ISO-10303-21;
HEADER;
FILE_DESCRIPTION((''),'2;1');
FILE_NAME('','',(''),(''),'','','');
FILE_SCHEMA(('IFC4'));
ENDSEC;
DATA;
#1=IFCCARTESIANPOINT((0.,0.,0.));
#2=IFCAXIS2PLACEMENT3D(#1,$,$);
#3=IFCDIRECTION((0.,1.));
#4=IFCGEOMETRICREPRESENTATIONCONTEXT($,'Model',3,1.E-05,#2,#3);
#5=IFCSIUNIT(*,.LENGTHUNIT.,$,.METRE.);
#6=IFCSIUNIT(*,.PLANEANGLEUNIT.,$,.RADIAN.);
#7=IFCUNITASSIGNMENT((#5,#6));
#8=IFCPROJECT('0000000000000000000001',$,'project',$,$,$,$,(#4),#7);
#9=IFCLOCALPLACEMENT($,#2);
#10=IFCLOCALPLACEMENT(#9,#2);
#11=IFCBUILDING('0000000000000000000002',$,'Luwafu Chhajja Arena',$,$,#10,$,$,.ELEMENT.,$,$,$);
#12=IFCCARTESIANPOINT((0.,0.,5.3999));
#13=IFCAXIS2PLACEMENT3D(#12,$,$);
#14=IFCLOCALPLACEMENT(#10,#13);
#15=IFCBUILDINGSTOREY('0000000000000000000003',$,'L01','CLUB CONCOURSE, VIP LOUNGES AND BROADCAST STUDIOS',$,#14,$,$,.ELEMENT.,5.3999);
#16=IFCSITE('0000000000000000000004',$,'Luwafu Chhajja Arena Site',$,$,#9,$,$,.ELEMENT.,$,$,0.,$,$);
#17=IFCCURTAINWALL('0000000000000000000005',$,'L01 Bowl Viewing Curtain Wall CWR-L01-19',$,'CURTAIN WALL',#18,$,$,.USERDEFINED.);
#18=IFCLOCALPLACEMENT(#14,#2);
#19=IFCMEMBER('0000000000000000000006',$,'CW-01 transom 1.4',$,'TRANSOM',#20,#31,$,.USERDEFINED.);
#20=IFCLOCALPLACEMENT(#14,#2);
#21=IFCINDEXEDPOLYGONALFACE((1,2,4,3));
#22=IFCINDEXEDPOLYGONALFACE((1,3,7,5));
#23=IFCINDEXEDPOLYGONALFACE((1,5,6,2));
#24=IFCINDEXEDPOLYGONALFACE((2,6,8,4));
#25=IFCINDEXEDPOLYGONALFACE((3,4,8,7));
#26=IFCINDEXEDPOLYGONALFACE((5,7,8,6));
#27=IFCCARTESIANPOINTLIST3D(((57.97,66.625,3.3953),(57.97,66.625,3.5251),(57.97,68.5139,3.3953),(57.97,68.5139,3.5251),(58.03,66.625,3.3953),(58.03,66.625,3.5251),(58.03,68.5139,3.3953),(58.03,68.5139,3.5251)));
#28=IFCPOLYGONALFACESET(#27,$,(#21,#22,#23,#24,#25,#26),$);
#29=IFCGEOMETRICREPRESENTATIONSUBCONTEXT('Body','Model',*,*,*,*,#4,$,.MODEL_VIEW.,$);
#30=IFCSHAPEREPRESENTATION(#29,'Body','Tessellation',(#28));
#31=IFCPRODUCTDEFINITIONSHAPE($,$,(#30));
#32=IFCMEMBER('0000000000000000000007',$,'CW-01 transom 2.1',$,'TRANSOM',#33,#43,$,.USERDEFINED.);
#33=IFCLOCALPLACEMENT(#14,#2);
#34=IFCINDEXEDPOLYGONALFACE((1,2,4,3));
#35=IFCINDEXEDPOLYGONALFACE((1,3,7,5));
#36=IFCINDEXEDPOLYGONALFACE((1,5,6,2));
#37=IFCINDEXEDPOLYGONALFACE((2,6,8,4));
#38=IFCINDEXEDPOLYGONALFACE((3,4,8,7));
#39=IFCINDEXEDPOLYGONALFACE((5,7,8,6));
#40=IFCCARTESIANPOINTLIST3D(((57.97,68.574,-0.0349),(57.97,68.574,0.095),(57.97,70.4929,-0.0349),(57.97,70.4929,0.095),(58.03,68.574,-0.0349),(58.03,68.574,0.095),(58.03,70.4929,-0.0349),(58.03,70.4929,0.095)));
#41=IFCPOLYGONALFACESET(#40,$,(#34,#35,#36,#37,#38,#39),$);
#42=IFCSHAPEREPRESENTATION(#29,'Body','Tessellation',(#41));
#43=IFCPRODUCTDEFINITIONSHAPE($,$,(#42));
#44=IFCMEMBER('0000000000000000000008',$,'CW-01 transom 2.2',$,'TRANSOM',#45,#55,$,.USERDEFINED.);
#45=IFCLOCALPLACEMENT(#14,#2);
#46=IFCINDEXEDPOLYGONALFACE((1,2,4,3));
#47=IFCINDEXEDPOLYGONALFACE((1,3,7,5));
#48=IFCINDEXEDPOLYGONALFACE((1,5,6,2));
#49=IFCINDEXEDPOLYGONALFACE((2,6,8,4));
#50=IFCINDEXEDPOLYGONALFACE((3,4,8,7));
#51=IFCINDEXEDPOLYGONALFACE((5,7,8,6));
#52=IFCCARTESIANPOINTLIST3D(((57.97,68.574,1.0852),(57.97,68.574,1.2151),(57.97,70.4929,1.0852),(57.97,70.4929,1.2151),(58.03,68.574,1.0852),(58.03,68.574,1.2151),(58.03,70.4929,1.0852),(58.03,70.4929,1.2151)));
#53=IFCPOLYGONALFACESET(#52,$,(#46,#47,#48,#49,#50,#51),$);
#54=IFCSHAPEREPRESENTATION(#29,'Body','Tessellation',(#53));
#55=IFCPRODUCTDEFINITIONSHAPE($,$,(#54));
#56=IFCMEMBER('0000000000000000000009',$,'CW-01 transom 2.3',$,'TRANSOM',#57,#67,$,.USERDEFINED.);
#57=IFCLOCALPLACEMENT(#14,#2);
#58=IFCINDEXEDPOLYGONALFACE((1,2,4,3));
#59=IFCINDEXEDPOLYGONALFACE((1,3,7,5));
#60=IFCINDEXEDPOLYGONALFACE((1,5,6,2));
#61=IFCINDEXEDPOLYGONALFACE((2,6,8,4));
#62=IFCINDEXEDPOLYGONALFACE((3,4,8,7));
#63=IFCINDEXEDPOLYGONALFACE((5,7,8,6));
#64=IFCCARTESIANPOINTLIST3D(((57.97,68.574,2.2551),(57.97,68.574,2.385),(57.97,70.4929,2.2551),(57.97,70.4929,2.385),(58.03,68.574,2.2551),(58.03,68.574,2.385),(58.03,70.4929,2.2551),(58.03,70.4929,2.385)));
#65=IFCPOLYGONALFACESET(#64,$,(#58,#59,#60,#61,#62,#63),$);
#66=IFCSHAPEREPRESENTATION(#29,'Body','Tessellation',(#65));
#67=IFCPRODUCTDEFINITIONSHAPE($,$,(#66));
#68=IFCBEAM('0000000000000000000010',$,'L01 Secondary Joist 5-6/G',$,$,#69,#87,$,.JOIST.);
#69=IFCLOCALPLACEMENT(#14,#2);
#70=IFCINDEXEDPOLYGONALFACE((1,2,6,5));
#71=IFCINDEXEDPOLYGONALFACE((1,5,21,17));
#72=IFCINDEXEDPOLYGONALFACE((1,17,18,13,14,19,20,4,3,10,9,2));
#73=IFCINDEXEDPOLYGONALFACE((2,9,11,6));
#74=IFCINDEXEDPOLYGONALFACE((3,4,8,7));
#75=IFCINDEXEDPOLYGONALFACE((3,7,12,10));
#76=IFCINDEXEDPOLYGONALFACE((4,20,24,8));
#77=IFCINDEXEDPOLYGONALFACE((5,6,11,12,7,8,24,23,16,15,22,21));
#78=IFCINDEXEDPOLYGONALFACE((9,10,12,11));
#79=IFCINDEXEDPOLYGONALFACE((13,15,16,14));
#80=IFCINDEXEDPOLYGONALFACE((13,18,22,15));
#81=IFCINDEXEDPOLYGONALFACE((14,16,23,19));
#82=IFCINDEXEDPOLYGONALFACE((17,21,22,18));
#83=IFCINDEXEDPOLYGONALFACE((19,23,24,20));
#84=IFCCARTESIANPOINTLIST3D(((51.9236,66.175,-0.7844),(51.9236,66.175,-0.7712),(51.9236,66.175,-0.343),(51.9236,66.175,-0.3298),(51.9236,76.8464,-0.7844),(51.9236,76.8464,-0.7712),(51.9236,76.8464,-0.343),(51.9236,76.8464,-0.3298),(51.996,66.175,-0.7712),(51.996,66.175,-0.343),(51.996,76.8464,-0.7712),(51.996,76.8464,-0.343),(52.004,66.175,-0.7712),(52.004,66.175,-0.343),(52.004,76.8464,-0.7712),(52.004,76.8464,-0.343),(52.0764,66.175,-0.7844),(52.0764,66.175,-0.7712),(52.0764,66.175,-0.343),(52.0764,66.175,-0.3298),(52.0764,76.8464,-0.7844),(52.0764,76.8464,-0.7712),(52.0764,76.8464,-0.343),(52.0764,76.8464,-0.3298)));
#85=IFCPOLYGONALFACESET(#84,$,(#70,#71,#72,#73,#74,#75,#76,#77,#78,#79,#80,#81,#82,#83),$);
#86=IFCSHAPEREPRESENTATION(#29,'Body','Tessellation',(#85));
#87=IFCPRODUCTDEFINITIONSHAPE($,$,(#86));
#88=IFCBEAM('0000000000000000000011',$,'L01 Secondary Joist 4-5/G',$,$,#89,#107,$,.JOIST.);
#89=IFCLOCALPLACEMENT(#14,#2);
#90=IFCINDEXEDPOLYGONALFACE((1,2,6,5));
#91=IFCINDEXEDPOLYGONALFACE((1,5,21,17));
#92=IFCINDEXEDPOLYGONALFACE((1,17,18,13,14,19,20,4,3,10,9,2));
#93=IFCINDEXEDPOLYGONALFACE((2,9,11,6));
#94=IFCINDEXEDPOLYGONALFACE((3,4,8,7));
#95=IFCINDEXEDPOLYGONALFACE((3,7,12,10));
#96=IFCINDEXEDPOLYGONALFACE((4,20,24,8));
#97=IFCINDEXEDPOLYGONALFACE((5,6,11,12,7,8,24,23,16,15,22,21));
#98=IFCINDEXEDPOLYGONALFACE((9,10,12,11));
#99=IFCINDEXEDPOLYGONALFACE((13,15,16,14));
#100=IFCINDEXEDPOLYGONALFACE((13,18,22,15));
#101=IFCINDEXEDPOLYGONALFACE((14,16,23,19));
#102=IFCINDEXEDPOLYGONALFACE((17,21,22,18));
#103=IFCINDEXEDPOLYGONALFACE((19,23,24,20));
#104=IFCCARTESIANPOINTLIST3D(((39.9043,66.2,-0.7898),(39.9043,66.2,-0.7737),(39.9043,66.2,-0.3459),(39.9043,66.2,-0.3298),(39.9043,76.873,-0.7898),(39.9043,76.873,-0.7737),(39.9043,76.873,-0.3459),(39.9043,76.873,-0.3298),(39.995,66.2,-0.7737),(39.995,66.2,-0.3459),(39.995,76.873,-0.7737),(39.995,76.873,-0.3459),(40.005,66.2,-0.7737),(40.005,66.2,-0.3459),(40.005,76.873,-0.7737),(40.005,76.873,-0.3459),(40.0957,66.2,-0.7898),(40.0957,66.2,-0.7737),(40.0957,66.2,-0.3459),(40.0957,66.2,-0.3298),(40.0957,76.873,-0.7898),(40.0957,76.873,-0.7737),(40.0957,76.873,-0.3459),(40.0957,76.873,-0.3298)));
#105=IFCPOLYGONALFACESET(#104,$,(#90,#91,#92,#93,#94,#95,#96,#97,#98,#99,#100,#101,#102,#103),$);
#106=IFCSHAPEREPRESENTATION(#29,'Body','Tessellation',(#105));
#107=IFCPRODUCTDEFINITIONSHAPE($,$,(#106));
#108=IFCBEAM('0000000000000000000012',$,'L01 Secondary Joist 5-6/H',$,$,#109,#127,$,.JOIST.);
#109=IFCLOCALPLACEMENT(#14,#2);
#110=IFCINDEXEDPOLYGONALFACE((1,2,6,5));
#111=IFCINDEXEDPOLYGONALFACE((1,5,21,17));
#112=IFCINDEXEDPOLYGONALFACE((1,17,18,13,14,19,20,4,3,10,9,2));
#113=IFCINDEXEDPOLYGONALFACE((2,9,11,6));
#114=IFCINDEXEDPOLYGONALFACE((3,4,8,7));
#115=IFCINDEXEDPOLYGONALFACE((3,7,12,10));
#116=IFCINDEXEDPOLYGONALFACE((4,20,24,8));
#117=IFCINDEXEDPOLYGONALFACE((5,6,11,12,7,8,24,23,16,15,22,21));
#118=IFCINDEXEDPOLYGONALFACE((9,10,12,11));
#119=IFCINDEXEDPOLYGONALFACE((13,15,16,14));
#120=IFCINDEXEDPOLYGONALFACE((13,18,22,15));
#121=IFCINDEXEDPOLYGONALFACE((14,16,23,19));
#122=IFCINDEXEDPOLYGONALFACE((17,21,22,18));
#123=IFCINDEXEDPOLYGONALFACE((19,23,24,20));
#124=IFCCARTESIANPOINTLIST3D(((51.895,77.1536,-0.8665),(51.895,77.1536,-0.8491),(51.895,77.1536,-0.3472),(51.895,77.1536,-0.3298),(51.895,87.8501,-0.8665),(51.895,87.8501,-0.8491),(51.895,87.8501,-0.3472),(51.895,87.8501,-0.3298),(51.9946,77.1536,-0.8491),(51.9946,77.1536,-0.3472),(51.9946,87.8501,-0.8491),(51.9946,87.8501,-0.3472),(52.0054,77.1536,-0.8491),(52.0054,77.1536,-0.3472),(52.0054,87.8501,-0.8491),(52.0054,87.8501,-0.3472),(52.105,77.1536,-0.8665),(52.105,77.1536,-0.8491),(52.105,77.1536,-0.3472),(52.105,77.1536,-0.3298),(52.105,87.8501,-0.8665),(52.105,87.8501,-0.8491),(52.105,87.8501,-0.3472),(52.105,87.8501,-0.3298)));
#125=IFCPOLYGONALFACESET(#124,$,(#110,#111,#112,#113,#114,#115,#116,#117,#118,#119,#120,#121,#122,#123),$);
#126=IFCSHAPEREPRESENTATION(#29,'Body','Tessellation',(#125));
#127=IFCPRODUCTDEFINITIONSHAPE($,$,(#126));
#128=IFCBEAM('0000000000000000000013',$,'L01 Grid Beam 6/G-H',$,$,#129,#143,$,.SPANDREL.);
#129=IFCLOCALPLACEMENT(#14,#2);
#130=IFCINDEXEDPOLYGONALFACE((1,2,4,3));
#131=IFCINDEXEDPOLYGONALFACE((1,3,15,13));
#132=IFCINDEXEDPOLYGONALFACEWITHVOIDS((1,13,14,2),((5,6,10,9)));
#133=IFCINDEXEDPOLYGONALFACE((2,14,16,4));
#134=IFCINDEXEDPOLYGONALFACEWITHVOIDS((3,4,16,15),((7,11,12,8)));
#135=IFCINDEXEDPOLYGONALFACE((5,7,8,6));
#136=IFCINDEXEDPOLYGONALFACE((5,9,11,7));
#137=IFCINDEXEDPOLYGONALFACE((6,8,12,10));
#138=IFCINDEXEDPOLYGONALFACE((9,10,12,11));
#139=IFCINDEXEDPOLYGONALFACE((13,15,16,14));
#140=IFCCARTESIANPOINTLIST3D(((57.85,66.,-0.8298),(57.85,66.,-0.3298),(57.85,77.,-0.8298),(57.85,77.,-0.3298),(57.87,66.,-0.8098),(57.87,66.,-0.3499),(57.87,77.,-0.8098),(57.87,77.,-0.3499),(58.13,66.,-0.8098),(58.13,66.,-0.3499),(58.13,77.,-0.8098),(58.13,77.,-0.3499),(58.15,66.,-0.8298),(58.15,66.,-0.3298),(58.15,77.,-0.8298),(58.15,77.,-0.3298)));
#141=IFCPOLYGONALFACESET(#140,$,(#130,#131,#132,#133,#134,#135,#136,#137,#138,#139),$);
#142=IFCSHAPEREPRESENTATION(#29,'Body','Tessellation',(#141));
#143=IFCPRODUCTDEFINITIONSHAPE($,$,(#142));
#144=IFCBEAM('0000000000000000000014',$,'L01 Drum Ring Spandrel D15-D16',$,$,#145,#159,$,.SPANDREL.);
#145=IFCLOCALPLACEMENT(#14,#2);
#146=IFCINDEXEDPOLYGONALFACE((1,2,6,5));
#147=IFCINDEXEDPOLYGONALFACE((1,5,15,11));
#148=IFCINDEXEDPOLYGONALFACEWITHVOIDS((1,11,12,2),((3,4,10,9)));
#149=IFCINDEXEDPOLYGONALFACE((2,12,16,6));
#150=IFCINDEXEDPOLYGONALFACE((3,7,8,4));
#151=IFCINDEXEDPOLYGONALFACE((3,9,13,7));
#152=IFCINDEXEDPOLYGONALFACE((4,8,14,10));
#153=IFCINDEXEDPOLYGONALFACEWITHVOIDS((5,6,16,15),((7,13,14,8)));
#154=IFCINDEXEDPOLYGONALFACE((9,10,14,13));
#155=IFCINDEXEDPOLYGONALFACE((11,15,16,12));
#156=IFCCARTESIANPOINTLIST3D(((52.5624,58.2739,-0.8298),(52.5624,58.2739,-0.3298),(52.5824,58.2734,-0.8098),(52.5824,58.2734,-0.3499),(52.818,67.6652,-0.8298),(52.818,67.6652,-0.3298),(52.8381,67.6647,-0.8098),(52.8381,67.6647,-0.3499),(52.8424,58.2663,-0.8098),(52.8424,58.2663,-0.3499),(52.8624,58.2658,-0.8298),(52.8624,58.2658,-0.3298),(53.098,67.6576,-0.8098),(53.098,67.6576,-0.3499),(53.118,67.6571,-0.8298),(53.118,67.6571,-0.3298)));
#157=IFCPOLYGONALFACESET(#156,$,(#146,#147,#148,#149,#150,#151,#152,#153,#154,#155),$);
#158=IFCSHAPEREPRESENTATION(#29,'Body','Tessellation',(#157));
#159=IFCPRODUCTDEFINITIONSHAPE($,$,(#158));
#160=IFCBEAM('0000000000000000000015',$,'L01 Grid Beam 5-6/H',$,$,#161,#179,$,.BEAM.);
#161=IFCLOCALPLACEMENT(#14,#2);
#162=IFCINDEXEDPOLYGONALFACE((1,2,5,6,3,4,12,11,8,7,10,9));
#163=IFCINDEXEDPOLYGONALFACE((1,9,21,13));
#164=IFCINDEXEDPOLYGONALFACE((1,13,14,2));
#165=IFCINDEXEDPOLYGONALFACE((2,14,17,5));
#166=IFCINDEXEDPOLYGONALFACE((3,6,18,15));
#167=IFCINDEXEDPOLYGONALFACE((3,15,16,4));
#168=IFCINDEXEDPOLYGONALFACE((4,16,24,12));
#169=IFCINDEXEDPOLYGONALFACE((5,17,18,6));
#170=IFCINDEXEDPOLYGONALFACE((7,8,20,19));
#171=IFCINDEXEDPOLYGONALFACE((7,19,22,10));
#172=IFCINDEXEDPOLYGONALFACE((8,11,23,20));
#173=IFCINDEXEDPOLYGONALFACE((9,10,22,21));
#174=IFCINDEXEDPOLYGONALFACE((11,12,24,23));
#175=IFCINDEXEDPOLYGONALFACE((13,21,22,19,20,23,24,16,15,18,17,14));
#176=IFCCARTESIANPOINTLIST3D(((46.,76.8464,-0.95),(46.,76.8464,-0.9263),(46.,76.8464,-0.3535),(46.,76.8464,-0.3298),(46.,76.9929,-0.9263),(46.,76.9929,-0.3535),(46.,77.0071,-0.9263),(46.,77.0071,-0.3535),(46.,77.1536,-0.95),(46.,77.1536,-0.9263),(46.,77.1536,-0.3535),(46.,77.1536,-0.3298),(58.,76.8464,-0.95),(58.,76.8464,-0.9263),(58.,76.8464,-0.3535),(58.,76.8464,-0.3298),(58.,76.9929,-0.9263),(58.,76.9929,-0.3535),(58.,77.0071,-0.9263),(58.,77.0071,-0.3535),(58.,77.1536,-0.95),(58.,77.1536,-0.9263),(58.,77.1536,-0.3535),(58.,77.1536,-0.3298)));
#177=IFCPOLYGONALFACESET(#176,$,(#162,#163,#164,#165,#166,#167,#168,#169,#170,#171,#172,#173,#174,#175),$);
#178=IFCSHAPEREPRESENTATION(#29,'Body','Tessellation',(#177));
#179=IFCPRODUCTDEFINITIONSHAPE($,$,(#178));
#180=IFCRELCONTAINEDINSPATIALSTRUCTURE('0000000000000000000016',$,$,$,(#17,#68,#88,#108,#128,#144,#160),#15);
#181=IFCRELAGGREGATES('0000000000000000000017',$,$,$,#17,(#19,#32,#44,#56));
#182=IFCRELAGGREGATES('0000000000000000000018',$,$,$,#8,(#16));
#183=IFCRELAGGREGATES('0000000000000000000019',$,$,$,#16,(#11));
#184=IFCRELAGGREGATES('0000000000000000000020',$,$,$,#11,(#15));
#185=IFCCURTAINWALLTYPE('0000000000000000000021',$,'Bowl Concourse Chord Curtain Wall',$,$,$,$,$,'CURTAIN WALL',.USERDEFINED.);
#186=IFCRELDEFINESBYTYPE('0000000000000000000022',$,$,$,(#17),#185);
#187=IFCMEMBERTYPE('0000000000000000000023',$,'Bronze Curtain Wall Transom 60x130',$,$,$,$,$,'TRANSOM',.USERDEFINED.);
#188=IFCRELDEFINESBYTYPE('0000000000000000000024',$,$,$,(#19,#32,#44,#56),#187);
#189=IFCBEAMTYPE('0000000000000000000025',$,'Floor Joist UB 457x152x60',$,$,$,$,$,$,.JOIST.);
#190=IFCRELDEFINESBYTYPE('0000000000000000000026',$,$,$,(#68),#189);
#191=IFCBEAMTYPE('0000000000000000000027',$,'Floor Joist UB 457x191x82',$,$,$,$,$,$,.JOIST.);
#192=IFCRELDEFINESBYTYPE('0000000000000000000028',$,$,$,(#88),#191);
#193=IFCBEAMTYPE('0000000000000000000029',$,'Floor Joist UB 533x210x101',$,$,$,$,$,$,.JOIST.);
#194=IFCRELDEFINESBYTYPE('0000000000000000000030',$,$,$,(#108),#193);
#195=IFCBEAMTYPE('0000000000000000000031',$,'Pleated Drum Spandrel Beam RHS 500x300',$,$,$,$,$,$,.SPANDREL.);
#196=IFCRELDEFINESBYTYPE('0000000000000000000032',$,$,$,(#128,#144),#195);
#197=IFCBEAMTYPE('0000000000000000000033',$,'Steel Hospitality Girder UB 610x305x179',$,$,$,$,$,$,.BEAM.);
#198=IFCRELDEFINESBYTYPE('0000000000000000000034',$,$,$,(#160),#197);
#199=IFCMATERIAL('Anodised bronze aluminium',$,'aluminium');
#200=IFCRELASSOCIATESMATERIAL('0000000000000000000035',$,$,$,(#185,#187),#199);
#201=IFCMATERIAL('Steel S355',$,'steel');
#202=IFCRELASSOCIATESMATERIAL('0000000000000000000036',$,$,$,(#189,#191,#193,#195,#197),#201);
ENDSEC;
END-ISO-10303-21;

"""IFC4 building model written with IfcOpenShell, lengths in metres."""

from ifc_helpers import new_model, si_unit, direction, frame, origin, origin_2d, place, context, subcontext, project, spatial, rectangle, hollow_rectangle, i_section, extrude, material, material_profile, profile_set, type_object, element, aggregate, save


model = new_model("IFC4")

# Units and contexts
model_context = context("Model", 3, precision=1e-05, world=origin(), true_north=direction((0.0, 1.0)))
body_context = subcontext(model_context, "Body", "Model", "MODEL_VIEW")
ifc_project = project(units=[si_unit("LENGTHUNIT", "METRE"), si_unit("PLANEANGLEUNIT", "RADIAN")], contexts=[model_context])

# Site, building, storey
site_placement = place(None, origin())
site = spatial("IfcSite", under=ifc_project, at=site_placement, Name="Luwafu Chhajja Arena Site", CompositionType="ELEMENT", RefElevation=0.0)
building_placement = place(site_placement, origin())
building = spatial("IfcBuilding", under=site, at=building_placement, Name="Luwafu Chhajja Arena", CompositionType="ELEMENT")
storey_placement = place(building_placement, frame((0.0, 0.0, 5.3999)))
storey = spatial("IfcBuildingStorey", under=building, at=storey_placement, Name="L01", Description="CLUB CONCOURSE, VIP LOUNGES AND BROADCAST STUDIOS", CompositionType="ELEMENT", Elevation=5.3999)

# Shared definitions
ifc_material_1 = material(Name="Steel S355", Category="steel")

# Curtain wall, members
ifc_material_2 = material(Name="Anodised bronze aluminium", Category="aluminium")
curtain_wall_type = type_object("IfcCurtainWallType", Name="Bowl Concourse Chord Curtain Wall", ElementType="CURTAIN WALL", PredefinedType="USERDEFINED", material=ifc_material_2)
curtain_wall_placement = place(storey_placement, origin())
curtain_wall = element("IfcCurtainWall", 1, at=curtain_wall_placement, inside=storey, type_object=curtain_wall_type, Name="L01 Bowl Viewing Curtain Wall CWR-L01-19", ObjectType="CURTAIN WALL", PredefinedType="USERDEFINED")
ifc_material_profile_1 = material_profile(ifc_material_2, rectangle(XDim=0.0601, YDim=0.1299, at=origin_2d()), Name="CWT 60x130")
ifc_profile_set_1 = profile_set([ifc_material_profile_1], Name="Anodised bronze aluminium")
member_type_1 = type_object("IfcMemberType", Name="Bronze Curtain Wall Transom 60x130", ElementType="TRANSOM", PredefinedType="USERDEFINED", material=ifc_profile_set_1)
member_1_placement = place(storey_placement, frame((58.0, 66.625, 3.4602), z_axis=(0.0, 1.0, 0.0), x_axis=(-1.0, 0.0, 0.0)))
member_1 = element("IfcMember", 2, at=member_1_placement, type_object=member_type_1, Name="CW-01 transom 1.4", ObjectType="TRANSOM", PredefinedType="USERDEFINED", context=body_context, shape_type="SweptSolid", body=[
    extrude(rectangle(XDim=0.0601, YDim=0.1299, at=origin_2d()), origin(), (0.0, 0.0, 1.0), 1.8889),
])
member_2_placement = place(storey_placement, frame((58.0, 68.574, 0.03), z_axis=(0.0, 1.0, 0.0), x_axis=(-1.0, 0.0, 0.0)))
member_2 = element("IfcMember", 3, at=member_2_placement, type_object=member_type_1, Name="CW-01 transom 2.1", ObjectType="TRANSOM", PredefinedType="USERDEFINED", context=body_context, shape_type="SweptSolid", body=[
    extrude(rectangle(XDim=0.0601, YDim=0.1299, at=origin_2d()), origin(), (0.0, 0.0, 1.0), 1.9189),
])
member_3_placement = place(storey_placement, frame((58.0, 68.574, 1.1501), z_axis=(0.0, 1.0, 0.0), x_axis=(-1.0, 0.0, 0.0)))
member_3 = element("IfcMember", 4, at=member_3_placement, type_object=member_type_1, Name="CW-01 transom 2.2", ObjectType="TRANSOM", PredefinedType="USERDEFINED", context=body_context, shape_type="SweptSolid", body=[
    extrude(rectangle(XDim=0.0601, YDim=0.1299, at=origin_2d()), origin(), (0.0, 0.0, 1.0), 1.9189),
])
member_4_placement = place(storey_placement, frame((58.0, 68.574, 2.3201), z_axis=(0.0, 1.0, 0.0), x_axis=(-1.0, 0.0, 0.0)))
member_4 = element("IfcMember", 5, at=member_4_placement, type_object=member_type_1, Name="CW-01 transom 2.3", ObjectType="TRANSOM", PredefinedType="USERDEFINED", context=body_context, shape_type="SweptSolid", body=[
    extrude(rectangle(XDim=0.0601, YDim=0.1299, at=origin_2d()), origin(), (0.0, 0.0, 1.0), 1.9189),
])

# Beams
ifc_material_profile_2 = material_profile(ifc_material_1, i_section(OverallWidth=0.1528, OverallDepth=0.4546, WebThickness=0.0081, FlangeThickness=0.0132, at=origin_2d()), Name="UB 457x152x60")
ifc_profile_set_2 = profile_set([ifc_material_profile_2], Name="Steel S355")
beam_type_1 = type_object("IfcBeamType", Name="Floor Joist UB 457x152x60", PredefinedType="JOIST", material=ifc_profile_set_2)
beam_1_placement = place(storey_placement, frame((52.0, 66.175, -0.5571), z_axis=(0.0, 1.0, 0.0), x_axis=(-1.0, 0.0, 0.0)))
element("IfcBeam", 6, at=beam_1_placement, inside=storey, type_object=beam_type_1, Name="L01 Secondary Joist 5-6/G", PredefinedType="JOIST", context=body_context, shape_type="SweptSolid", body=[
    extrude(i_section(OverallWidth=0.1528, OverallDepth=0.4546, WebThickness=0.0081, FlangeThickness=0.0132, at=origin_2d()), origin(), (0.0, 0.0, 1.0), 10.6714),
])
ifc_material_profile_3 = material_profile(ifc_material_1, i_section(OverallWidth=0.1914, OverallDepth=0.46, WebThickness=0.01, FlangeThickness=0.0161, at=origin_2d()), Name="UB 457x191x82")
ifc_profile_set_3 = profile_set([ifc_material_profile_3], Name="Steel S355")
beam_type_2 = type_object("IfcBeamType", Name="Floor Joist UB 457x191x82", PredefinedType="JOIST", material=ifc_profile_set_3)
beam_2_placement = place(storey_placement, frame((40.0, 66.2, -0.5598), z_axis=(0.0, 1.0, 0.0), x_axis=(-1.0, 0.0, 0.0)))
element("IfcBeam", 7, at=beam_2_placement, inside=storey, type_object=beam_type_2, Name="L01 Secondary Joist 4-5/G", PredefinedType="JOIST", context=body_context, shape_type="SweptSolid", body=[
    extrude(i_section(OverallWidth=0.1914, OverallDepth=0.46, WebThickness=0.01, FlangeThickness=0.0161, at=origin_2d()), origin(), (0.0, 0.0, 1.0), 10.6731),
])
ifc_material_profile_4 = material_profile(ifc_material_1, i_section(OverallWidth=0.21, OverallDepth=0.5366, WebThickness=0.0107, FlangeThickness=0.0173, at=origin_2d()), Name="UB 533x210x101")
ifc_profile_set_4 = profile_set([ifc_material_profile_4], Name="Steel S355")
beam_type_3 = type_object("IfcBeamType", Name="Floor Joist UB 533x210x101", PredefinedType="JOIST", material=ifc_profile_set_4)
beam_3_placement = place(storey_placement, frame((52.0, 77.1536, -0.5981), z_axis=(0.0, 1.0, 0.0), x_axis=(-1.0, 0.0, 0.0)))
element("IfcBeam", 8, at=beam_3_placement, inside=storey, type_object=beam_type_3, Name="L01 Secondary Joist 5-6/H", PredefinedType="JOIST", context=body_context, shape_type="SweptSolid", body=[
    extrude(i_section(OverallWidth=0.21, OverallDepth=0.5366, WebThickness=0.0107, FlangeThickness=0.0173, at=origin_2d()), origin(), (0.0, 0.0, 1.0), 10.6965),
])
ifc_material_profile_5 = material_profile(ifc_material_1, hollow_rectangle(XDim=0.3, YDim=0.5, WallThickness=0.02, at=origin_2d()), Name="RHS 500x300x20")
ifc_profile_set_5 = profile_set([ifc_material_profile_5], Name="Steel S355")
beam_type_4 = type_object("IfcBeamType", Name="Pleated Drum Spandrel Beam RHS 500x300", PredefinedType="SPANDREL", material=ifc_profile_set_5)
beam_4_placement = place(storey_placement, frame((58.0, 66.0, -0.5798), z_axis=(0.0, 1.0, 0.0), x_axis=(-1.0, 0.0, 0.0)))
element("IfcBeam", 9, at=beam_4_placement, inside=storey, type_object=beam_type_4, Name="L01 Grid Beam 6/G-H", PredefinedType="SPANDREL", context=body_context, shape_type="SweptSolid", body=[
    extrude(hollow_rectangle(XDim=0.3, YDim=0.5, WallThickness=0.02, at=origin_2d()), origin(), (0.0, 0.0, 1.0), 11.0),
])
beam_5_placement = place(storey_placement, frame((52.968, 67.6611, -0.5798), z_axis=(-0.027208, -0.99963, 0.0), x_axis=(0.99963, -0.027208, 0.0)))
element("IfcBeam", 10, at=beam_5_placement, inside=storey, type_object=beam_type_4, Name="L01 Drum Ring Spandrel D15-D16", PredefinedType="SPANDREL", context=body_context, shape_type="SweptSolid", body=[
    extrude(hollow_rectangle(XDim=0.3, YDim=0.5, WallThickness=0.02, at=origin_2d()), origin(), (0.0, 0.0, 1.0), 9.3948),
])
ifc_material_profile_6 = material_profile(ifc_material_1, i_section(OverallWidth=0.3071, OverallDepth=0.6201, WebThickness=0.0142, FlangeThickness=0.0237, at=origin_2d()), Name="UB 610x305x179")
ifc_profile_set_6 = profile_set([ifc_material_profile_6], Name="Steel S355")
beam_type_5 = type_object("IfcBeamType", Name="Steel Hospitality Girder UB 610x305x179", PredefinedType="BEAM", material=ifc_profile_set_6)
beam_6_placement = place(storey_placement, frame((46.0, 77.0, -0.6399), z_axis=(1.0, 0.0, 0.0), x_axis=(0.0, 1.0, 0.0)))
element("IfcBeam", 11, at=beam_6_placement, inside=storey, type_object=beam_type_5, Name="L01 Grid Beam 5-6/H", PredefinedType="BEAM", context=body_context, shape_type="SweptSolid", body=[
    extrude(i_section(OverallWidth=0.3071, OverallDepth=0.6201, WebThickness=0.0142, FlangeThickness=0.0237, at=origin_2d()), origin(), (0.0, 0.0, 1.0), 12.0),
])

aggregate(curtain_wall, [member_1, member_2, member_3, member_4])

save(model, "model.ifc")
